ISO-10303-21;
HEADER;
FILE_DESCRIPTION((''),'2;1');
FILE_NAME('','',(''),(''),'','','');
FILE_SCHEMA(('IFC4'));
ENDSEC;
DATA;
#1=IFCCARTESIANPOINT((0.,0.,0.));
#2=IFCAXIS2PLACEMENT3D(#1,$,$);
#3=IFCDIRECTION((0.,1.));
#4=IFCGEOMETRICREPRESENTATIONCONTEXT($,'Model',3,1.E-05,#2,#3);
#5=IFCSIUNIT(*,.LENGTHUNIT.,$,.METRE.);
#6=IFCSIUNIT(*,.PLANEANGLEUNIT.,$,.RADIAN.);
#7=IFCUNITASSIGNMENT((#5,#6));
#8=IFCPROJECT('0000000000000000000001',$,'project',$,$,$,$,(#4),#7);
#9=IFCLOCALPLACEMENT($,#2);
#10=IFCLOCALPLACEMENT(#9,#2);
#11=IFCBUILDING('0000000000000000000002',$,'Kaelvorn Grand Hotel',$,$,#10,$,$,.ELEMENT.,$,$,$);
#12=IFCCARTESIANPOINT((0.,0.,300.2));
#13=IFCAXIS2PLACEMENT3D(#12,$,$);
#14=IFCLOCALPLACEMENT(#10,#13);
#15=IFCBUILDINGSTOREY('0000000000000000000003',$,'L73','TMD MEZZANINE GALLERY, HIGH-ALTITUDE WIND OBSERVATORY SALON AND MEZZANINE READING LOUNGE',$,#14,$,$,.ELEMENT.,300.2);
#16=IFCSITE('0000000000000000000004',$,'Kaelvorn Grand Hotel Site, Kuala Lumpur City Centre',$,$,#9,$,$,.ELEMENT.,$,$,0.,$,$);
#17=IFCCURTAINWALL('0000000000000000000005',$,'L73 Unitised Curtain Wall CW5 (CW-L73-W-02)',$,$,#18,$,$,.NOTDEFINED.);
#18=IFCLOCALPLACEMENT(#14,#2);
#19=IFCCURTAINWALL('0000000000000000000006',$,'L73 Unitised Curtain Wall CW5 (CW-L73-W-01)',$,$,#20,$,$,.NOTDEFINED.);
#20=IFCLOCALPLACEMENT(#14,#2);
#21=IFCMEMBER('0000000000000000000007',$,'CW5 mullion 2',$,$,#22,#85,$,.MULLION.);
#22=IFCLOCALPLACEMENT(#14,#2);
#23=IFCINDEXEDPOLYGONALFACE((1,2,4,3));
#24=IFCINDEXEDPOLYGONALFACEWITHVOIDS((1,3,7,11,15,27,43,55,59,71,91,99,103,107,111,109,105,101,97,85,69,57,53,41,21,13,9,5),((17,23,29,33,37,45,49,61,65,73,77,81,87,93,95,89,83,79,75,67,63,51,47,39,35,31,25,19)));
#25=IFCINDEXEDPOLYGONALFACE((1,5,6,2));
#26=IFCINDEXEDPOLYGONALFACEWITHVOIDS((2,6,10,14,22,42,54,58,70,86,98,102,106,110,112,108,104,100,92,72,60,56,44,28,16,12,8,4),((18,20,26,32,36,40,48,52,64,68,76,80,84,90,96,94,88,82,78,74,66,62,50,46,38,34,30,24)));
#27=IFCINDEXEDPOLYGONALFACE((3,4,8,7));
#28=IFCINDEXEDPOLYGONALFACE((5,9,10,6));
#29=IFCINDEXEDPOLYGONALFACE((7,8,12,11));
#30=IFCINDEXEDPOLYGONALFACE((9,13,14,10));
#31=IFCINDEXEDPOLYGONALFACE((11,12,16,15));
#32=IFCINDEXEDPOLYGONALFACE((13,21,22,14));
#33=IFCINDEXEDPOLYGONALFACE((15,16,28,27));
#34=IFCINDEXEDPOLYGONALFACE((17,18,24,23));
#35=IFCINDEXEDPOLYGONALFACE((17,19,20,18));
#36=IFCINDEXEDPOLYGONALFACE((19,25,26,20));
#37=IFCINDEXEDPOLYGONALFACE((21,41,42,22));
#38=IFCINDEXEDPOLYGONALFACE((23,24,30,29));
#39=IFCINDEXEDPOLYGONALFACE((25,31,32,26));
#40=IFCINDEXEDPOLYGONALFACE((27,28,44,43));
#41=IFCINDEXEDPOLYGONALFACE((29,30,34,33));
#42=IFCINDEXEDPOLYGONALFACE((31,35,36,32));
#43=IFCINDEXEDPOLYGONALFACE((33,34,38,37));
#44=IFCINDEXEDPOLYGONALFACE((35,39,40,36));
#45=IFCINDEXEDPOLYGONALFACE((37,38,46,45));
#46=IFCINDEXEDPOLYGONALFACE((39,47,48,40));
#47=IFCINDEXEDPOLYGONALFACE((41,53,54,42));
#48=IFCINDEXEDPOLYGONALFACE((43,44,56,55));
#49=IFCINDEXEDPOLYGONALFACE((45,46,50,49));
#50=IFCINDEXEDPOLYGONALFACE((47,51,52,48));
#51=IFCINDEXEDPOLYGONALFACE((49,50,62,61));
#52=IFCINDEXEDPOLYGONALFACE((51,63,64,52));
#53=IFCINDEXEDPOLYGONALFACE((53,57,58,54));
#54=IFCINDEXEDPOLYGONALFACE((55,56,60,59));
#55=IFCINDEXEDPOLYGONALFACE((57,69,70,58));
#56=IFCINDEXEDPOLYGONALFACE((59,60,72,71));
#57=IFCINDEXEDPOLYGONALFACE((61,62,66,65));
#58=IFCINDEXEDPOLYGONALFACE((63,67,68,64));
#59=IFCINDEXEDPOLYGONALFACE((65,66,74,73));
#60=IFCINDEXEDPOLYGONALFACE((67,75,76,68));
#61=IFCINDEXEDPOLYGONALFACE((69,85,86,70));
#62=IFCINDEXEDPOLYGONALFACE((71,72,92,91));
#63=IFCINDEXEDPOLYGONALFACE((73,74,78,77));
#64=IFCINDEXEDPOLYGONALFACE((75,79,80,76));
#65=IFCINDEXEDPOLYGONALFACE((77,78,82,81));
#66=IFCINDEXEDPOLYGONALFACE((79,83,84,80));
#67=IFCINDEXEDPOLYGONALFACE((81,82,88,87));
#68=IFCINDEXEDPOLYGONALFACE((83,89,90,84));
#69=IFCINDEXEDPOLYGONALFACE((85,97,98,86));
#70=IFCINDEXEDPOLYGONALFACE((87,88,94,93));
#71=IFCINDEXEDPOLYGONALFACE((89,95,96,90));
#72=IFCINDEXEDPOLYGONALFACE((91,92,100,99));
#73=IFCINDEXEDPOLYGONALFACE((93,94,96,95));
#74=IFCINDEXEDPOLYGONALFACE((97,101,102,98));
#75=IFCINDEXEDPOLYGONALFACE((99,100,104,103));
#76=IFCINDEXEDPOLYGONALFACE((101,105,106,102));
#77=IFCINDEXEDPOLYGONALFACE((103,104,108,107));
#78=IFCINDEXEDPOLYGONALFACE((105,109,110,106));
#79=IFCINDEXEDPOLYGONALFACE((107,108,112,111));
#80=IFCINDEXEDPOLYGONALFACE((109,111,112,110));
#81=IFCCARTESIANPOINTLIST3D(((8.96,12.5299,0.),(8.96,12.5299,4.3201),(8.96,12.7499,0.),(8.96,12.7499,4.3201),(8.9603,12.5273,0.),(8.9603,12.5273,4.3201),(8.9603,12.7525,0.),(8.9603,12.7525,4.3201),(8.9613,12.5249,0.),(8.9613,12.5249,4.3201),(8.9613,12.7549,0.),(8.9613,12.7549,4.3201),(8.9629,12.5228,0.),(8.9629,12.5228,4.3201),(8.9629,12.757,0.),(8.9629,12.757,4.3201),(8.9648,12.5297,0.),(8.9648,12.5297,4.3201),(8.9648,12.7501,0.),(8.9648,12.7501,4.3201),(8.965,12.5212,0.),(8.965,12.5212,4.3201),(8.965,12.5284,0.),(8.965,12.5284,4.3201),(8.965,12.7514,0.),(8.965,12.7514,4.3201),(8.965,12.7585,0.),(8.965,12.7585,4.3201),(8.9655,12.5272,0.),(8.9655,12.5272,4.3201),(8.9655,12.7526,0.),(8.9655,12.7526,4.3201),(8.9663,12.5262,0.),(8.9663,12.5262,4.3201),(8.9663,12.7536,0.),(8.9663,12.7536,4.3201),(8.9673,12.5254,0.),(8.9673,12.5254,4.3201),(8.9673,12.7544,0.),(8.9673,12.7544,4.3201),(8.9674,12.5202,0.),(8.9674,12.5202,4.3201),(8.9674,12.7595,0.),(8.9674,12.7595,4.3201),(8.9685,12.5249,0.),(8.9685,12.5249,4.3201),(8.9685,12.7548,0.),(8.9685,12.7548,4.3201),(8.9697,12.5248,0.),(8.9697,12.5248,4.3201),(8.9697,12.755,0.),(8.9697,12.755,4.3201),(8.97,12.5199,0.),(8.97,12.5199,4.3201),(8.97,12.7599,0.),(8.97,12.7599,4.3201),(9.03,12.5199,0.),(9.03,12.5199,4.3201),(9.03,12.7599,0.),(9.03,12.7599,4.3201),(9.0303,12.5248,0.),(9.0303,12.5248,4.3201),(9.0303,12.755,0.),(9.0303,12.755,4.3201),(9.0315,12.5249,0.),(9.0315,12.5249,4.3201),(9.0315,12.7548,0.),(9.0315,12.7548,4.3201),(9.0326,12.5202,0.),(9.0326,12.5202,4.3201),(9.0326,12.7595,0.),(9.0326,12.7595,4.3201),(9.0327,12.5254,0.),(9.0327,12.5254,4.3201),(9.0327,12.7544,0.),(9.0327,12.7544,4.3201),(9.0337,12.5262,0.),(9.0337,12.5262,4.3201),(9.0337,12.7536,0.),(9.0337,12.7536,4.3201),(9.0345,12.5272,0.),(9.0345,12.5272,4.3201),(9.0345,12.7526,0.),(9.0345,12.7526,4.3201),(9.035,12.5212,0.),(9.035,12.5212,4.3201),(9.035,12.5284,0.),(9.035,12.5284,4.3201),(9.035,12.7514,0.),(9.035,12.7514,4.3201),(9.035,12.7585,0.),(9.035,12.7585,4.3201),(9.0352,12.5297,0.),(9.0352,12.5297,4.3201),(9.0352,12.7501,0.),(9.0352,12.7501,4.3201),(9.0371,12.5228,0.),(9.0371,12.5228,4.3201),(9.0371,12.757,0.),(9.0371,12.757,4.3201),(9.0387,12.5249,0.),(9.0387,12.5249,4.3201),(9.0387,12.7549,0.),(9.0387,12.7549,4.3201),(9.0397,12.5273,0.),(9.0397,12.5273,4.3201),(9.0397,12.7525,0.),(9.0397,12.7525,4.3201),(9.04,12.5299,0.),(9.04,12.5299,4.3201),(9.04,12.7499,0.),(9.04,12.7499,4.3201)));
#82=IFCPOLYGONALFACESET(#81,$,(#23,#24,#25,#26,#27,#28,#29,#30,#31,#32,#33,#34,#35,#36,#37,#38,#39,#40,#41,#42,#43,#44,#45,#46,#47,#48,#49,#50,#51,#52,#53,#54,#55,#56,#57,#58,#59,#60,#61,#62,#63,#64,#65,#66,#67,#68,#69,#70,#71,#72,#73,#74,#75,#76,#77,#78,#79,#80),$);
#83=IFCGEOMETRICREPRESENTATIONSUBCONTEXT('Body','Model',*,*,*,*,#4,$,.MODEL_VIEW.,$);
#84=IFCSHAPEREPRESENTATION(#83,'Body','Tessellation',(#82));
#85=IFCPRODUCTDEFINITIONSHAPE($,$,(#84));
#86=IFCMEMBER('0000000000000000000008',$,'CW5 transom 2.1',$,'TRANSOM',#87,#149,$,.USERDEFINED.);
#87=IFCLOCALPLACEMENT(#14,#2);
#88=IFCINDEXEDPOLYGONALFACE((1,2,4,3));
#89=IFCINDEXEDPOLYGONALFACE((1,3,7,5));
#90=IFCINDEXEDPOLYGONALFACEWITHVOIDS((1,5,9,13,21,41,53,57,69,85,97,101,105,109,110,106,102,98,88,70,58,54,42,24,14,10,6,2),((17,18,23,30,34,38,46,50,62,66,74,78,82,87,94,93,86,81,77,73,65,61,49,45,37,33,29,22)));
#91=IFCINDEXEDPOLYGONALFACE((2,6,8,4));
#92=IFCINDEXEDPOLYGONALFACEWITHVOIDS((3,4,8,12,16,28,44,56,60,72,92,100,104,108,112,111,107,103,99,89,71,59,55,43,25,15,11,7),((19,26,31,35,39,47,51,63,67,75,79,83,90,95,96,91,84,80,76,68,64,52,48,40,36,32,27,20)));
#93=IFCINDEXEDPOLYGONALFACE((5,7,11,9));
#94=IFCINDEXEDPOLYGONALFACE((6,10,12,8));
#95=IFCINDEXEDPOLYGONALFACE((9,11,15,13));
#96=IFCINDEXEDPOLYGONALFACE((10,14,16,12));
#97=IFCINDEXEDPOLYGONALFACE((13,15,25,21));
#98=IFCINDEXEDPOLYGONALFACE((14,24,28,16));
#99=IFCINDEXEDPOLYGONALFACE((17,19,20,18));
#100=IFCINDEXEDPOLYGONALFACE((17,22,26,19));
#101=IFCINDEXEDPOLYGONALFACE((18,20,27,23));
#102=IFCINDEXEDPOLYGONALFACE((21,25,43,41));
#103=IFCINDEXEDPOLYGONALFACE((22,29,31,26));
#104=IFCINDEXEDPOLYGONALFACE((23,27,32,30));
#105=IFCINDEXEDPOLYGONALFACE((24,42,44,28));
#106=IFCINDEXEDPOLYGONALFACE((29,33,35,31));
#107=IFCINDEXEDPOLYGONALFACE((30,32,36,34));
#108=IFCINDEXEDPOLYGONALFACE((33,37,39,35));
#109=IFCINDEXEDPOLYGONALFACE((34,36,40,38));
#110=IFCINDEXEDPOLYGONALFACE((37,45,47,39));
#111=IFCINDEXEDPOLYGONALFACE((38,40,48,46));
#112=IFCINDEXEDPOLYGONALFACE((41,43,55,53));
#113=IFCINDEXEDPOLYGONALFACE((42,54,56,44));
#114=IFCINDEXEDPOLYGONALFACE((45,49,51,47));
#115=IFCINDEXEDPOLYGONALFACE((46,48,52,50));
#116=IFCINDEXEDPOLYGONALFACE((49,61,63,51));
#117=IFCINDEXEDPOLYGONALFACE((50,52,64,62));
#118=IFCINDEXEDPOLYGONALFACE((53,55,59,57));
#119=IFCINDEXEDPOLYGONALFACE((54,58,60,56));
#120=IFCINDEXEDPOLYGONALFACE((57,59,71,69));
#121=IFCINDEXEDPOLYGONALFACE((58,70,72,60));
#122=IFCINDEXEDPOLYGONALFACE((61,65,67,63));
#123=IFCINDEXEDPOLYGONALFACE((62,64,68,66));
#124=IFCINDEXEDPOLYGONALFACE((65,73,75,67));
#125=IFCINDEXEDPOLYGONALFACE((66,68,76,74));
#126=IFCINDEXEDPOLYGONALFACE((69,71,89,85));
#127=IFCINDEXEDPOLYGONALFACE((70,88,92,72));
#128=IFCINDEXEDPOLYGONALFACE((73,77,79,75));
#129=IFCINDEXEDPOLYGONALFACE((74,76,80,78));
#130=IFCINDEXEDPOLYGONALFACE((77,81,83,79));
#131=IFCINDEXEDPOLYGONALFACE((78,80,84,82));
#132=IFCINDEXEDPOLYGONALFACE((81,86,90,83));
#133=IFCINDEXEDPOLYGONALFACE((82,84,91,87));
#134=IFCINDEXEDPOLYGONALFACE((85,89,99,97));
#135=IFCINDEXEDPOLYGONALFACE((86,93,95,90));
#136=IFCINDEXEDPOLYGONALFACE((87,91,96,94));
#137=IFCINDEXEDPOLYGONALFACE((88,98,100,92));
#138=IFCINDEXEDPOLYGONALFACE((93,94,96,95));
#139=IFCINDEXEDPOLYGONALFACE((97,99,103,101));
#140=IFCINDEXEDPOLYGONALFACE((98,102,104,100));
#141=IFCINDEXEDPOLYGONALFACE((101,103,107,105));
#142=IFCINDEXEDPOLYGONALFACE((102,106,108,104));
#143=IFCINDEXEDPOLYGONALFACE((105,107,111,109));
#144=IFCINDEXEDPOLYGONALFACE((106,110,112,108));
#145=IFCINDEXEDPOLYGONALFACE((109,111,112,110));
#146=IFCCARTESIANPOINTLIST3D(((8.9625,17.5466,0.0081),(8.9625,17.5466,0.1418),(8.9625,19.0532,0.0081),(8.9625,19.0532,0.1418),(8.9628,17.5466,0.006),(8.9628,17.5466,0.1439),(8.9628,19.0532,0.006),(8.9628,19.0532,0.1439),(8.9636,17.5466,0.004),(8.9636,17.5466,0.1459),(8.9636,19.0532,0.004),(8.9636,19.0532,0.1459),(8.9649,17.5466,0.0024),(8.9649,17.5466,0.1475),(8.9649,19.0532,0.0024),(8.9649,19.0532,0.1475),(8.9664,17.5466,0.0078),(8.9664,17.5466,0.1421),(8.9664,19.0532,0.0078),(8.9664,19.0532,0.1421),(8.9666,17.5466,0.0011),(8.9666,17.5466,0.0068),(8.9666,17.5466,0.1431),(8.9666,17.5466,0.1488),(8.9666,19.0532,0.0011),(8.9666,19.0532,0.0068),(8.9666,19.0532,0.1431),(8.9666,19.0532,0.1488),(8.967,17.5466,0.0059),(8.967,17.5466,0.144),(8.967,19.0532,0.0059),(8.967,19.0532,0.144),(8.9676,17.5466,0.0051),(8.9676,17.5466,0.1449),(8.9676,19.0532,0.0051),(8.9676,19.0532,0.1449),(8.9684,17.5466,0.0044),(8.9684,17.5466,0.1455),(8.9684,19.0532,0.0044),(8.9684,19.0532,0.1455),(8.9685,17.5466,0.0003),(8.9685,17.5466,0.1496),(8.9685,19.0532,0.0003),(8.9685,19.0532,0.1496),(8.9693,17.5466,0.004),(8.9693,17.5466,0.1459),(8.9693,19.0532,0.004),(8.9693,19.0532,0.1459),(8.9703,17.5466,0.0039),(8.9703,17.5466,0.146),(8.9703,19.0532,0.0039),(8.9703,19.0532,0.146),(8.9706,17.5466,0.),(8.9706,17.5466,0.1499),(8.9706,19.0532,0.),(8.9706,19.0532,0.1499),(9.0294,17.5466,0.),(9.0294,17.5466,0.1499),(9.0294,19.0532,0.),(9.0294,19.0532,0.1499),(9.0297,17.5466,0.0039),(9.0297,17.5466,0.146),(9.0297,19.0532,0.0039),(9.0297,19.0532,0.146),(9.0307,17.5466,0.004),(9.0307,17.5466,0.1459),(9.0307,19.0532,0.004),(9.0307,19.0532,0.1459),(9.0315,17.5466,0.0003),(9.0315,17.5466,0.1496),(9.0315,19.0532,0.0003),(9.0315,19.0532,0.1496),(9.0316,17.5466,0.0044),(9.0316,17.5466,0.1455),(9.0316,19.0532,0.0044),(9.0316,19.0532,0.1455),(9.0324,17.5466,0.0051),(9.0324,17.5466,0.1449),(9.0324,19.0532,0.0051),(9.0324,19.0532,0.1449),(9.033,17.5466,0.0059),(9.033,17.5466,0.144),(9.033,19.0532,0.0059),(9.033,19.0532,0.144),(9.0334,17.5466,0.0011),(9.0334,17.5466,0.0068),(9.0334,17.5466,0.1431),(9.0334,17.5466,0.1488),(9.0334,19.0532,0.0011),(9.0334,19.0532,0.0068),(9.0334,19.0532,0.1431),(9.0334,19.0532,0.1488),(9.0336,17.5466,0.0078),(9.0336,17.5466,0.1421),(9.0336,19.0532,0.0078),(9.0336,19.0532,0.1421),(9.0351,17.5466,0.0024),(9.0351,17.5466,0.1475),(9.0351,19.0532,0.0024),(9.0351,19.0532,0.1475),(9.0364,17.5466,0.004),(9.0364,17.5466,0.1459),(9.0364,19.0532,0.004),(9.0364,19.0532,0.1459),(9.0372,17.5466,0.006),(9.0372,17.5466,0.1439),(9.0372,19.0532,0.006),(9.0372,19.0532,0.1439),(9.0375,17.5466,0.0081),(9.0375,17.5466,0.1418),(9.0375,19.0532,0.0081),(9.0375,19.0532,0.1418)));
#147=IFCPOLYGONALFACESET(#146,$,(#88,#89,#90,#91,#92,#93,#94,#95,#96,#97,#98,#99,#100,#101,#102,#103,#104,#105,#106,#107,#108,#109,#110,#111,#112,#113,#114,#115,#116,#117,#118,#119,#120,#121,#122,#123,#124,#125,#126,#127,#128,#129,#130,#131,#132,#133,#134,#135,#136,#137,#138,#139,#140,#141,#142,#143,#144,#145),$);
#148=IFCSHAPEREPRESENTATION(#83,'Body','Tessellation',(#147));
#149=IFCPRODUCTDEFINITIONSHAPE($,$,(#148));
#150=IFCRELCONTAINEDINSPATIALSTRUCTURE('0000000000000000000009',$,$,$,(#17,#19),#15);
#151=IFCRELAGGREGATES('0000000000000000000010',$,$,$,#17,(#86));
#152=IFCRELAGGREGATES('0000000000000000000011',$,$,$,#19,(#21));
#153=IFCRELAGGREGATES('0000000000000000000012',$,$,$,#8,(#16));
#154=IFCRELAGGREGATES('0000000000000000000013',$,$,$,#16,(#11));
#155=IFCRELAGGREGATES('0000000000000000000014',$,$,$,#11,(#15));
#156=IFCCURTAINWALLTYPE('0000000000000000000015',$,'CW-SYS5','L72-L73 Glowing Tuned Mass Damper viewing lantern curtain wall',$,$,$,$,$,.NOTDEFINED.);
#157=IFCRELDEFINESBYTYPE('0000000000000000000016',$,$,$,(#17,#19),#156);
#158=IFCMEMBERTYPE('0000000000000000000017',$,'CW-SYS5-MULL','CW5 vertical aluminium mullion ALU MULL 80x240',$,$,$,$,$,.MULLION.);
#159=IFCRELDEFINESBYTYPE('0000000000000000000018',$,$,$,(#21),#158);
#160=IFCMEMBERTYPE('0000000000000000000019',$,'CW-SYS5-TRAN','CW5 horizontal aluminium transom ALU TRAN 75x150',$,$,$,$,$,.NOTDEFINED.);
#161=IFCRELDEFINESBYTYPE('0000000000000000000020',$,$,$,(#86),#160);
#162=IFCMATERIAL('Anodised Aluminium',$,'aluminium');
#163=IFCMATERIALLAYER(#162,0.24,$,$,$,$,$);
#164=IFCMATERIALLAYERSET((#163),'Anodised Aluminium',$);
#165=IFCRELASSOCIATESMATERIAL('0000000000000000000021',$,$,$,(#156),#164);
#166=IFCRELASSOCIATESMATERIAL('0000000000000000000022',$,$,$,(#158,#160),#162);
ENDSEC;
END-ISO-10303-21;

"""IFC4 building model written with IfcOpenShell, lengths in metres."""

from ifc_helpers import new_model, si_unit, direction, frame, origin, origin_2d, place, context, subcontext, project, spatial, hollow_rectangle, extrude, material, layer, layer_set, material_profile, profile_set, type_object, element, aggregate, save


model = new_model("IFC4")

# Units and contexts
model_context = context("Model", 3, precision=1e-05, world=origin(), true_north=direction((0.0, 1.0)))
body_context = subcontext(model_context, "Body", "Model", "MODEL_VIEW")
ifc_project = project(units=[si_unit("LENGTHUNIT", "METRE"), si_unit("PLANEANGLEUNIT", "RADIAN")], contexts=[model_context])

# Site, building, storey
site_placement = place(None, origin())
site = spatial("IfcSite", under=ifc_project, at=site_placement, Name="Kaelvorn Grand Hotel Site, Kuala Lumpur City Centre", CompositionType="ELEMENT", RefElevation=0.0)
building_placement = place(site_placement, origin())
building = spatial("IfcBuilding", under=site, at=building_placement, Name="Kaelvorn Grand Hotel", CompositionType="ELEMENT")
storey_placement = place(building_placement, frame((0.0, 0.0, 300.2)))
storey = spatial("IfcBuildingStorey", under=building, at=storey_placement, Name="L73", Description="TMD MEZZANINE GALLERY, HIGH-ALTITUDE WIND OBSERVATORY SALON AND MEZZANINE READING LOUNGE", CompositionType="ELEMENT", Elevation=300.2)

# Curtain walls, member
ifc_material_1 = material(Name="Anodised Aluminium", Category="aluminium")
ifc_layer_1 = layer(ifc_material_1, 0.24)
ifc_layer_set_1 = layer_set([ifc_layer_1], Name="Anodised Aluminium")
curtain_wall_type = type_object("IfcCurtainWallType", Name="CW-SYS5", Description="L72-L73 Glowing Tuned Mass Damper viewing lantern curtain wall", PredefinedType="NOTDEFINED", material=ifc_layer_set_1)
curtain_wall_1_placement = place(storey_placement, origin())
curtain_wall_1 = element("IfcCurtainWall", 1, at=curtain_wall_1_placement, inside=storey, type_object=curtain_wall_type, Name="L73 Unitised Curtain Wall CW5 (CW-L73-W-02)", PredefinedType="NOTDEFINED")
ifc_material_profile_1 = material_profile(ifc_material_1, hollow_rectangle(XDim=0.0801, YDim=0.24, WallThickness=0.0049, InnerFilletRadius=0.0049, OuterFilletRadius=0.01, at=origin_2d()), Name="ALU MULL 80x240")
ifc_profile_set_1 = profile_set([ifc_material_profile_1], Name="Anodised Aluminium")
member_type_1 = type_object("IfcMemberType", Name="CW-SYS5-MULL", Description="CW5 vertical aluminium mullion ALU MULL 80x240", PredefinedType="MULLION", material=ifc_profile_set_1)
curtain_wall_2_placement = place(storey_placement, origin())
curtain_wall_2 = element("IfcCurtainWall", 2, at=curtain_wall_2_placement, inside=storey, type_object=curtain_wall_type, Name="L73 Unitised Curtain Wall CW5 (CW-L73-W-01)", PredefinedType="NOTDEFINED")
member_1_placement = place(storey_placement, frame((9.0, 12.6399, 0.0), z_axis=(0.0, 0.0, 1.0), x_axis=(1.0, 0.0, 0.0)))
member_1 = element("IfcMember", 3, at=member_1_placement, type_object=member_type_1, Name="CW5 mullion 2", PredefinedType="MULLION", context=body_context, shape_type="SweptSolid", body=[
    extrude(hollow_rectangle(XDim=0.0801, YDim=0.24, WallThickness=0.0049, InnerFilletRadius=0.0049, OuterFilletRadius=0.01, at=origin_2d()), origin(), (0.0, 0.0, 1.0), 4.3201),
])

# Member
ifc_material_profile_2 = material_profile(ifc_material_1, hollow_rectangle(XDim=0.075, YDim=0.1499, WallThickness=0.0039, InnerFilletRadius=0.0039, OuterFilletRadius=0.0081, at=origin_2d()), Name="ALU TRAN 75x150")
ifc_profile_set_2 = profile_set([ifc_material_profile_2], Name="Anodised Aluminium")
member_type_2 = type_object("IfcMemberType", Name="CW-SYS5-TRAN", Description="CW5 horizontal aluminium transom ALU TRAN 75x150", PredefinedType="NOTDEFINED", material=ifc_profile_set_2)
member_2_placement = place(storey_placement, frame((9.0, 19.0532, 0.075), z_axis=(0.0, -1.0, 0.0), x_axis=(1.0, 0.0, 0.0)))
member_2 = element("IfcMember", 4, at=member_2_placement, type_object=member_type_2, Name="CW5 transom 2.1", ObjectType="TRANSOM", PredefinedType="USERDEFINED", context=body_context, shape_type="SweptSolid", body=[
    extrude(hollow_rectangle(XDim=0.075, YDim=0.1499, WallThickness=0.0039, InnerFilletRadius=0.0039, OuterFilletRadius=0.0081, at=origin_2d()), origin(), (0.0, 0.0, 1.0), 1.5066),
])

aggregate(curtain_wall_1, [member_2])
aggregate(curtain_wall_2, [member_1])

save(model, "model.ifc")
